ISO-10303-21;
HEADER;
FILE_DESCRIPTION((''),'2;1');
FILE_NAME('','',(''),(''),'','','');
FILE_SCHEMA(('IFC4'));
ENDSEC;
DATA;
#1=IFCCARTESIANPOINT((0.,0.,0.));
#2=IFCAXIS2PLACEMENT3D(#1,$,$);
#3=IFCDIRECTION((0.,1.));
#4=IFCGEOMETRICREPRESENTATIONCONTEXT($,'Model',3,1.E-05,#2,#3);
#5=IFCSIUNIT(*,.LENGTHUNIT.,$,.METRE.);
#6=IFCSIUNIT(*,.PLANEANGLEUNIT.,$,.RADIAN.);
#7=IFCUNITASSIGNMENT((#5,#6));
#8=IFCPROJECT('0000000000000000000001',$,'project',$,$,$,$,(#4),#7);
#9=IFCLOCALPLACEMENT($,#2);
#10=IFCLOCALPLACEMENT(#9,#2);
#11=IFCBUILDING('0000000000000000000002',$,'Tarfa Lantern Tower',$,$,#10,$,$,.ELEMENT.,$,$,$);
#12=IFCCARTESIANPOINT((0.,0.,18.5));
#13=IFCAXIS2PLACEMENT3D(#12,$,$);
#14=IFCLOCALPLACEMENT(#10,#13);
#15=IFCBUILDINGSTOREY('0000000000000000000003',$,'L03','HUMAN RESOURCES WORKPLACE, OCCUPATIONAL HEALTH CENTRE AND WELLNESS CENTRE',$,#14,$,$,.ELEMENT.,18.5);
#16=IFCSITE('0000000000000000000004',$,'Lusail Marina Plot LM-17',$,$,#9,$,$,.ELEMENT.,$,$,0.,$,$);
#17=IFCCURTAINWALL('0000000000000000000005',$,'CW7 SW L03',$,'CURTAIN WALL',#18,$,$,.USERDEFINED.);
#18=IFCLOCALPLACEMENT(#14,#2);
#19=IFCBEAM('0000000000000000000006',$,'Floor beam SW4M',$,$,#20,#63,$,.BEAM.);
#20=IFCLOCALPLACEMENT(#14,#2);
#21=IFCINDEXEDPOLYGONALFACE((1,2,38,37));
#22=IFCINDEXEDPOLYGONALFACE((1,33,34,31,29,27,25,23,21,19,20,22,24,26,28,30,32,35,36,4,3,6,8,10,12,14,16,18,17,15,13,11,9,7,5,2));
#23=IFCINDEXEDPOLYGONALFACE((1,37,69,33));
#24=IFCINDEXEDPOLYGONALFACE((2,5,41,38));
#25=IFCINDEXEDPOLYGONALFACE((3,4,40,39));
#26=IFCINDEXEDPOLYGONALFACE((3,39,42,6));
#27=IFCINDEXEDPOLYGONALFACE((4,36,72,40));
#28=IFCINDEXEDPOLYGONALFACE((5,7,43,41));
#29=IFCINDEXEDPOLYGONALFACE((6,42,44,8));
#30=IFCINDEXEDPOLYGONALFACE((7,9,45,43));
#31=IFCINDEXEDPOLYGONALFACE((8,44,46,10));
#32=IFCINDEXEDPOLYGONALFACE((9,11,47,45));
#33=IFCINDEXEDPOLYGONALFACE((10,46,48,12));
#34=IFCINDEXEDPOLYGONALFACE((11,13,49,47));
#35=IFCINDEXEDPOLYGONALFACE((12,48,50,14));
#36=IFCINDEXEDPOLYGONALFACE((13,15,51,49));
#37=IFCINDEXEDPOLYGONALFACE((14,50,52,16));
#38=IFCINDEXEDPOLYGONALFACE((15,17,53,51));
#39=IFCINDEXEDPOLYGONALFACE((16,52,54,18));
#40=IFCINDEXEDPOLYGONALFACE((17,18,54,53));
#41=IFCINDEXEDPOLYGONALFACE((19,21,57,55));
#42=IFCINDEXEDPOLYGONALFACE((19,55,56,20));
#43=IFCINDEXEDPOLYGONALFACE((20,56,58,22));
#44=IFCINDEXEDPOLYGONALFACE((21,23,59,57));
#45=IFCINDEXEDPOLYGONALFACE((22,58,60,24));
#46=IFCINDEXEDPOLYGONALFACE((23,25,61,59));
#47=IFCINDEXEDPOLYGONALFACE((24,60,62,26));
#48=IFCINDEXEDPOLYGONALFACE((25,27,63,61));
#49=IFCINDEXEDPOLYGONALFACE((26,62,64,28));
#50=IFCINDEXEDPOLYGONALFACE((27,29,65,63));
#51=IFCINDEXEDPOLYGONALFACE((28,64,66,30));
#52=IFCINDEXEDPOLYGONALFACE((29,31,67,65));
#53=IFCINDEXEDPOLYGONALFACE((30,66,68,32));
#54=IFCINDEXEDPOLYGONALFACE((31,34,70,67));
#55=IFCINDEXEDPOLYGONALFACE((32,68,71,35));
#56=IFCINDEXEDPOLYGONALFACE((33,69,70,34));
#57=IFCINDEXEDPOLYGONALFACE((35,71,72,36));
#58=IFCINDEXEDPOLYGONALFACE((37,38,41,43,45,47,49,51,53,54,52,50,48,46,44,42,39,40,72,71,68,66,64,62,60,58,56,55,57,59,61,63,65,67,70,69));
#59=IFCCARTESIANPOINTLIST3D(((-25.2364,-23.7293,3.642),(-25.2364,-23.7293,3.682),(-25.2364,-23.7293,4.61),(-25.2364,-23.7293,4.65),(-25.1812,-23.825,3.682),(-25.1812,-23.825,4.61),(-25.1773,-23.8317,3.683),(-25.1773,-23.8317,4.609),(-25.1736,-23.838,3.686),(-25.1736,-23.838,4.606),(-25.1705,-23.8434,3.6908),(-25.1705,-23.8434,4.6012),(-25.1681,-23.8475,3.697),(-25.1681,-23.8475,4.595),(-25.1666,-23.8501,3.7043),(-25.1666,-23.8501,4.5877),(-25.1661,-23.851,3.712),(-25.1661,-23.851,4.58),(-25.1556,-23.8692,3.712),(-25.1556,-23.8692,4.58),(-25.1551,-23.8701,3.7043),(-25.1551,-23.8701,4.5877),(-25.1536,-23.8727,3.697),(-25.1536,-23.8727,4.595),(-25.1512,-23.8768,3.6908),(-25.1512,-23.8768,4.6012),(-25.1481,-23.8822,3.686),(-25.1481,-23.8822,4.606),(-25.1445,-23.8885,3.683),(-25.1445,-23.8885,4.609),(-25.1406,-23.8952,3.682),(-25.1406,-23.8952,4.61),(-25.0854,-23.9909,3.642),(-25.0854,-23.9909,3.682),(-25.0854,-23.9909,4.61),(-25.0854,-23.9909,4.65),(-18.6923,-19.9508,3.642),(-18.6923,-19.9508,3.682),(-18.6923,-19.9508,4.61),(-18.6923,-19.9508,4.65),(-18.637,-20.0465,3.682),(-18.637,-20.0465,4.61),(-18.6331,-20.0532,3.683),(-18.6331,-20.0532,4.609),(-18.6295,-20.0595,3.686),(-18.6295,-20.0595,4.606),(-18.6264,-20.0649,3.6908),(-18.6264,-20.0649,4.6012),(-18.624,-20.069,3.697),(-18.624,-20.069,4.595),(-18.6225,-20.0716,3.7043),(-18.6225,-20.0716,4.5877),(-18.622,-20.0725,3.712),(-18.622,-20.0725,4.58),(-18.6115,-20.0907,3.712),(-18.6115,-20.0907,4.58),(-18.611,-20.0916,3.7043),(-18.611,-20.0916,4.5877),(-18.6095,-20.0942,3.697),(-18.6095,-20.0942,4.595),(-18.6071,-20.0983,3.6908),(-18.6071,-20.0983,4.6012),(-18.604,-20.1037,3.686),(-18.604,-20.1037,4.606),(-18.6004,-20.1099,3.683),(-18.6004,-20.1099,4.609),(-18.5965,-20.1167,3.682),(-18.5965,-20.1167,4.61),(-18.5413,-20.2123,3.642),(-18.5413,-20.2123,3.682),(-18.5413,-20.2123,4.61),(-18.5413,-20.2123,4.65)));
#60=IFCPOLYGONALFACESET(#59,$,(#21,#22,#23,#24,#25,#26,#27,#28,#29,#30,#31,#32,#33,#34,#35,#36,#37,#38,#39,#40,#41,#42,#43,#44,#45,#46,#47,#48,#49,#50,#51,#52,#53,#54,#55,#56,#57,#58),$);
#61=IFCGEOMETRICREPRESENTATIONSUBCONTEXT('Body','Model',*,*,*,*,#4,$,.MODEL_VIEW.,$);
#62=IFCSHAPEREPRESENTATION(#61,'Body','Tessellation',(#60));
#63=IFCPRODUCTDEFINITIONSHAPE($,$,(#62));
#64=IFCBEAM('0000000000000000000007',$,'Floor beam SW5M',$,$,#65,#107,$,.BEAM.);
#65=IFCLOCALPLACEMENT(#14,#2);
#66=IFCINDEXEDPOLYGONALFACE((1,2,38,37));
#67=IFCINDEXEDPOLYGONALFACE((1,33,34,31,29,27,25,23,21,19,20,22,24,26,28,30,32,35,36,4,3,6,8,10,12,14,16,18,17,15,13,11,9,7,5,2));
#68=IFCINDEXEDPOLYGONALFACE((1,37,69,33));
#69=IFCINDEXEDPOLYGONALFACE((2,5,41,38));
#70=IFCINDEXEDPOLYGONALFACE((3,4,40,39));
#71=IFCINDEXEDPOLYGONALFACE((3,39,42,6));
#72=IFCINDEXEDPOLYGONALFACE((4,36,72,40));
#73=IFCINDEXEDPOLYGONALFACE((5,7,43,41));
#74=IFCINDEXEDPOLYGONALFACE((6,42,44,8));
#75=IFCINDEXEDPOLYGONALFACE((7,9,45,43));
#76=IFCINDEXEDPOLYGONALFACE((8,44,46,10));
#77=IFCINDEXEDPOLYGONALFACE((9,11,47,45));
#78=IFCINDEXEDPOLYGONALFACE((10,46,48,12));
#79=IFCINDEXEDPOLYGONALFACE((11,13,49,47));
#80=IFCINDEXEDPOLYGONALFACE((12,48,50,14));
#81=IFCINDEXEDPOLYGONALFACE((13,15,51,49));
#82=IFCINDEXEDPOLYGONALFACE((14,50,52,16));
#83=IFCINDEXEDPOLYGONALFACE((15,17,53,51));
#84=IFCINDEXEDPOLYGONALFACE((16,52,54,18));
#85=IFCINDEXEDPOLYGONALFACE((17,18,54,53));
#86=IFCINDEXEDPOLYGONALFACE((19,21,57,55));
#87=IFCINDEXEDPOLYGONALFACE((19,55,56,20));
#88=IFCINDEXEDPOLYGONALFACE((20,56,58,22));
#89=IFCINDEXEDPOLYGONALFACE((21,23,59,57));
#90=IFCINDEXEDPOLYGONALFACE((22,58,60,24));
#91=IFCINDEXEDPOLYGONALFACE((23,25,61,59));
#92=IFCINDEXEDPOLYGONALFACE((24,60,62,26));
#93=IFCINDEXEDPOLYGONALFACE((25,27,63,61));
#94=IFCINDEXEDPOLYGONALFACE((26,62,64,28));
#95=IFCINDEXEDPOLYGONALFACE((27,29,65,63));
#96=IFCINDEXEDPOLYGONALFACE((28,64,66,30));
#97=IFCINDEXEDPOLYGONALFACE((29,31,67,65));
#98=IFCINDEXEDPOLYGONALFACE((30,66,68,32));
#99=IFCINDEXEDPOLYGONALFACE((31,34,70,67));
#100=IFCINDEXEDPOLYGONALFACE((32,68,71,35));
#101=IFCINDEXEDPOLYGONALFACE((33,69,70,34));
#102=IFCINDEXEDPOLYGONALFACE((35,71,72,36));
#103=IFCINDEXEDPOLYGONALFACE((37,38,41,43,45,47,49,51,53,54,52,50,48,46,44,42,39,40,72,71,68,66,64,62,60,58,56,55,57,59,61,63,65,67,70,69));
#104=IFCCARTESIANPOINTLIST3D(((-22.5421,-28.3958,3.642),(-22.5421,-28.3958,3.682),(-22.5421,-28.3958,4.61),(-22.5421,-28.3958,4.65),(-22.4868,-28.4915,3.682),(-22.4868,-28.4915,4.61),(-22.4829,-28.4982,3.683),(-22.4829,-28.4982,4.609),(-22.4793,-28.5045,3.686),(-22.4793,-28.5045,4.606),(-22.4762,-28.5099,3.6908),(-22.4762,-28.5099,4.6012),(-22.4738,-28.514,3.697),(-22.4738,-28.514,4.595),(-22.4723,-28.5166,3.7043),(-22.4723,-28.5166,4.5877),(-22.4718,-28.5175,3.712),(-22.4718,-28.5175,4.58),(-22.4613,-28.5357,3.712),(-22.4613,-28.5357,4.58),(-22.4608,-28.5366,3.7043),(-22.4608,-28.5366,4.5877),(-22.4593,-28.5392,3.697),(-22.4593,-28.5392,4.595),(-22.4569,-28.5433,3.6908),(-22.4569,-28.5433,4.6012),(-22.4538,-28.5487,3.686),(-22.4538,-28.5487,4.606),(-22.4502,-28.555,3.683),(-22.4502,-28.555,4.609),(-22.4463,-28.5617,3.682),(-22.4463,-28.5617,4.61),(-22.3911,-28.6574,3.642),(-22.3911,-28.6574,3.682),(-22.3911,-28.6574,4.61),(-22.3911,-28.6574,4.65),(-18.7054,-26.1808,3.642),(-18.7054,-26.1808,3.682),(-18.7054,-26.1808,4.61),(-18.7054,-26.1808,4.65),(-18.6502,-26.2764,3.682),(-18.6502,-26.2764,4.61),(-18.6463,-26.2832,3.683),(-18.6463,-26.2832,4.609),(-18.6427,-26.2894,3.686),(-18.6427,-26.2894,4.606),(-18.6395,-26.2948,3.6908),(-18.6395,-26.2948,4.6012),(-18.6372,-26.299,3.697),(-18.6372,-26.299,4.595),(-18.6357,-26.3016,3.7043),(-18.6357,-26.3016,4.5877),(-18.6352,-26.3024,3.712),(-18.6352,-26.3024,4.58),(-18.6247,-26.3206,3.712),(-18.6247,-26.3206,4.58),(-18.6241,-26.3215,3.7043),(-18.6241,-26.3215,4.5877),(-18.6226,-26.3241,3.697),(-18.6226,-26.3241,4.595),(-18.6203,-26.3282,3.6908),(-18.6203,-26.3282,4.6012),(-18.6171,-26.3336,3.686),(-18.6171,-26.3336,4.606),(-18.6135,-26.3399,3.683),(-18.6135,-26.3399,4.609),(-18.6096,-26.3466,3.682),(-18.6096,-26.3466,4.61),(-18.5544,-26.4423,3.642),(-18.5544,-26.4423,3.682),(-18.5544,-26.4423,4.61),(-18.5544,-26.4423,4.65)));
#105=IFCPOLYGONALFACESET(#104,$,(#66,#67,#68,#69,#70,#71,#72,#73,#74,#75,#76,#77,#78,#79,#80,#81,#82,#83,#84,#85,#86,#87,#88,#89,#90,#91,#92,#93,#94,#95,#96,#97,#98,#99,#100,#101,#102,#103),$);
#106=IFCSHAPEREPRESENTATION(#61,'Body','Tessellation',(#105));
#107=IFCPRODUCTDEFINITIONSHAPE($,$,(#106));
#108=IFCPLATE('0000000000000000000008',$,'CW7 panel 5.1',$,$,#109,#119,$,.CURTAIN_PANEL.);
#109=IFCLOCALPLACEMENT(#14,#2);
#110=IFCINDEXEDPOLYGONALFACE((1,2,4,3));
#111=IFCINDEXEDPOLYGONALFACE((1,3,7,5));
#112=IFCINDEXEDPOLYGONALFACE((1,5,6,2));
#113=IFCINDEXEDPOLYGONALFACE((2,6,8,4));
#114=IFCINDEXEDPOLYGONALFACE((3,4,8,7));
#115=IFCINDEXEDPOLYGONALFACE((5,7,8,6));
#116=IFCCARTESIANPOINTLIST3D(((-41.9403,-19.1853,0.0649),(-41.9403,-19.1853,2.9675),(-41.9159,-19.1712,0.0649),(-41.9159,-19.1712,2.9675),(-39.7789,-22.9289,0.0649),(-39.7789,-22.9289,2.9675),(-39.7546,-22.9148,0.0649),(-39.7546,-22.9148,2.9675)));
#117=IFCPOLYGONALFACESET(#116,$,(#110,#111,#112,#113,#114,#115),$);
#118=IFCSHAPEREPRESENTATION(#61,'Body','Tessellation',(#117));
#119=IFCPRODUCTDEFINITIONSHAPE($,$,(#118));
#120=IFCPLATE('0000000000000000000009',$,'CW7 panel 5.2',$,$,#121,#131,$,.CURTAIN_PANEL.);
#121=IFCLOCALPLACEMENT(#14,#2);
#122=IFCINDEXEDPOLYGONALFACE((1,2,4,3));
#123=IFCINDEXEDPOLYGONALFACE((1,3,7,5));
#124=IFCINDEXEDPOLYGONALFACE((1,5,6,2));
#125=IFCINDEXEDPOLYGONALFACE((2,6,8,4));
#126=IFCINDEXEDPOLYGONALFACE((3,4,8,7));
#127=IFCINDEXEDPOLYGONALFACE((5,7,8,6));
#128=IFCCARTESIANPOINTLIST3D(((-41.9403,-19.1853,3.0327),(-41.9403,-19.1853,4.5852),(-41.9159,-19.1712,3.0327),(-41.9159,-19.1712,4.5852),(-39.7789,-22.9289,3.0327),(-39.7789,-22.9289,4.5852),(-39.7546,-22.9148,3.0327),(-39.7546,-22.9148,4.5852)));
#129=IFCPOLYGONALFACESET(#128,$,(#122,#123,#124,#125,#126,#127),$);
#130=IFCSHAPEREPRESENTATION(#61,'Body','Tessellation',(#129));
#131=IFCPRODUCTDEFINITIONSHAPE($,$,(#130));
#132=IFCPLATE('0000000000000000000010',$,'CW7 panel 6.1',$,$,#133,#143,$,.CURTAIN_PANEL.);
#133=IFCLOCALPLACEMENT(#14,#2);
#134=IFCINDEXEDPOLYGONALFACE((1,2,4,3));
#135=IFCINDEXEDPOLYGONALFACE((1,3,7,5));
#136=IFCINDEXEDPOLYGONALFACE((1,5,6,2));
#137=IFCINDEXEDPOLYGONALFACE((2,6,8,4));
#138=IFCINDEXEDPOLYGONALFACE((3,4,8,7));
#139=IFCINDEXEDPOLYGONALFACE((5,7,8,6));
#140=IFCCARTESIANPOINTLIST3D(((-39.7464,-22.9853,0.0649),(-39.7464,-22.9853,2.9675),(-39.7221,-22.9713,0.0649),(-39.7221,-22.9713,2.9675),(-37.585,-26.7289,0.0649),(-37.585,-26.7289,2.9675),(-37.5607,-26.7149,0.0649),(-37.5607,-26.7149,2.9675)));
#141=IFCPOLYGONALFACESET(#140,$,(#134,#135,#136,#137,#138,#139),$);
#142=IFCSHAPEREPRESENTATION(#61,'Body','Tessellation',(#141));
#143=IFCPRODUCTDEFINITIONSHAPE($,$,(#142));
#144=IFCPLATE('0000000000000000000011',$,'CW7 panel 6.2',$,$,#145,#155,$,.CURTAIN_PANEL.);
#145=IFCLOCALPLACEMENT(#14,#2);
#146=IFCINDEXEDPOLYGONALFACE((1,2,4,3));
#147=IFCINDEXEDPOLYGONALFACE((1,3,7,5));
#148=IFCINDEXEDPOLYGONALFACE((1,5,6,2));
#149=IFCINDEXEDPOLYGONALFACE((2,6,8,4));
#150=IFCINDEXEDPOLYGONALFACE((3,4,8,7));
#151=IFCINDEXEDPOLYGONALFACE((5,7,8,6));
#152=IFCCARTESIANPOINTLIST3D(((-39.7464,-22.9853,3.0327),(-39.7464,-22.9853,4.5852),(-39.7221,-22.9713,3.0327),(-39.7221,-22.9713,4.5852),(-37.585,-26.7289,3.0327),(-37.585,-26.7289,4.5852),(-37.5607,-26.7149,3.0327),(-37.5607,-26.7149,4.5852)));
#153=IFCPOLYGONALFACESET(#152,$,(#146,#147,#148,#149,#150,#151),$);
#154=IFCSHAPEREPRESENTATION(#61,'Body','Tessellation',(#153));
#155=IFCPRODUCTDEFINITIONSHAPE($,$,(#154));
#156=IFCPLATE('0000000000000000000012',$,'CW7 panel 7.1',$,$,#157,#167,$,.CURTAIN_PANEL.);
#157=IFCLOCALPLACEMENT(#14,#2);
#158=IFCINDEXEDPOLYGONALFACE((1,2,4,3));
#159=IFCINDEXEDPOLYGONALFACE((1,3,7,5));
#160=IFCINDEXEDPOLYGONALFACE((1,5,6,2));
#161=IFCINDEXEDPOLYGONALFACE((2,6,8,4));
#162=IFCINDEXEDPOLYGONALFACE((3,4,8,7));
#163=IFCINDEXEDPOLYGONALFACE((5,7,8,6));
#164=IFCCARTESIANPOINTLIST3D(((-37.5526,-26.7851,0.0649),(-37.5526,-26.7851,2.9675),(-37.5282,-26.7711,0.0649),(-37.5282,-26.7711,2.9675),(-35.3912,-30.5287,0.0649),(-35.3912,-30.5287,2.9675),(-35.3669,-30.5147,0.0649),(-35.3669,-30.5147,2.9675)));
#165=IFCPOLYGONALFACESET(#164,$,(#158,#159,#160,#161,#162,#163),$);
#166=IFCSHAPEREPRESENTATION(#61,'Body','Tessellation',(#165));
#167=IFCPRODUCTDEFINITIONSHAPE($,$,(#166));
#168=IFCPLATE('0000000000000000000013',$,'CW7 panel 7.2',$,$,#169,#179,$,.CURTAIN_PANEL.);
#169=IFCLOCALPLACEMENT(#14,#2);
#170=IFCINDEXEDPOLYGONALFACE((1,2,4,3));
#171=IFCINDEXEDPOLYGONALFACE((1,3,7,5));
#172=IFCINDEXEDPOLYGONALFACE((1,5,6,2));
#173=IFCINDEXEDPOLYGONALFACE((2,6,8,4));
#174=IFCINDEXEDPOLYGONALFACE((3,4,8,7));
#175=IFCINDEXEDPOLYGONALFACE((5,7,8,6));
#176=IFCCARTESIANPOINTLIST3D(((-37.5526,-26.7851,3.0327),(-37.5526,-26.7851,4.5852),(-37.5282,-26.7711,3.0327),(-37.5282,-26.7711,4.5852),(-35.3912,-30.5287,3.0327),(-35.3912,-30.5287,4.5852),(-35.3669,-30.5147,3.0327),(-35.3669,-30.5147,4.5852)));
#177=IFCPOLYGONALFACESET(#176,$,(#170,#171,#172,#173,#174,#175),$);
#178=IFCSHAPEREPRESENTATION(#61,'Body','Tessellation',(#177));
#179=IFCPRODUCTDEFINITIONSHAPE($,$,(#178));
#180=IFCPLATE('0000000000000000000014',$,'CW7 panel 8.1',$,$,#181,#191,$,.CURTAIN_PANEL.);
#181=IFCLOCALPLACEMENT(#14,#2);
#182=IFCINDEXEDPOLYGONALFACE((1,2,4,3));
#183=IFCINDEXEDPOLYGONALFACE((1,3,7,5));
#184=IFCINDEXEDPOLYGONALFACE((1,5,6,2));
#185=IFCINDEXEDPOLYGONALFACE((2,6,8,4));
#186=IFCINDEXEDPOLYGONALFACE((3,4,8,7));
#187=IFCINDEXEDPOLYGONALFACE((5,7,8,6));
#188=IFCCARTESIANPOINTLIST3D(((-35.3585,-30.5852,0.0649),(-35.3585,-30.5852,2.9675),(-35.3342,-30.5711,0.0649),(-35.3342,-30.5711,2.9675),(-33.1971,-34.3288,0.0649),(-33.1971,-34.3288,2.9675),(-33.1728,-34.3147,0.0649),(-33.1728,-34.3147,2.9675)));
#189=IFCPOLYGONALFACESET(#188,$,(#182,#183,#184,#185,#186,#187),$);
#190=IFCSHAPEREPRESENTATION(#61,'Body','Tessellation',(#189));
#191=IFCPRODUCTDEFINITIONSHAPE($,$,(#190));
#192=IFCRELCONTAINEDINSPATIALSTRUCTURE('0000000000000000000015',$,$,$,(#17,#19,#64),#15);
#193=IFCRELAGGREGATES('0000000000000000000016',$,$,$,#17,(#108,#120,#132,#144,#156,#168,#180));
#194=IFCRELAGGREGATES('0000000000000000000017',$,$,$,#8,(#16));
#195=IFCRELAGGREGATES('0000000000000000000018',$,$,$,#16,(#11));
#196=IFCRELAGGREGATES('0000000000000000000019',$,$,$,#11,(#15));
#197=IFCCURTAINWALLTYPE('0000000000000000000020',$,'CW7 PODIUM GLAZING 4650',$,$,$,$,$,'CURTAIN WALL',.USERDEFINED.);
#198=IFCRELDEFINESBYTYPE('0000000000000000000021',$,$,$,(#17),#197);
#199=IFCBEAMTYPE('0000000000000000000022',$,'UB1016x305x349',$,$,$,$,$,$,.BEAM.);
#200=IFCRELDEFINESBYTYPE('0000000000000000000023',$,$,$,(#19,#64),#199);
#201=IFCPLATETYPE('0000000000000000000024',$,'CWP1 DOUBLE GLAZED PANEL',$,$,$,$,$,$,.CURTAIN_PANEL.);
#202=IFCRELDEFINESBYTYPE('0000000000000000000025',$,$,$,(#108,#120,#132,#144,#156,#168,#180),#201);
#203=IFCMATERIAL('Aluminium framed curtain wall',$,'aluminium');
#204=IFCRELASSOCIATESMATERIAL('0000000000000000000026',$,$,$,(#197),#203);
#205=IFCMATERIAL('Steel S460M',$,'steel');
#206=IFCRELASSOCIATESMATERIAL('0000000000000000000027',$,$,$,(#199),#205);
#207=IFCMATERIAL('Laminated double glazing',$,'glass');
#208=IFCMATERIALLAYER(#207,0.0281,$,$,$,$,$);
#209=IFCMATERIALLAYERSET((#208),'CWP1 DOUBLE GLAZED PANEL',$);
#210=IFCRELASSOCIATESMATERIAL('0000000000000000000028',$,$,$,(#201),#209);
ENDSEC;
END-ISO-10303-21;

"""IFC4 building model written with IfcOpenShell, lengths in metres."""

from ifc_helpers import new_model, si_unit, direction, frame, origin, origin_2d, place, context, subcontext, project, spatial, rectangle, i_section, extrude, material, layer, layer_set, material_profile, profile_set, type_object, element, aggregate, save


model = new_model("IFC4")

# Units and contexts
model_context = context("Model", 3, precision=1e-05, world=origin(), true_north=direction((0.0, 1.0)))
body_context = subcontext(model_context, "Body", "Model", "MODEL_VIEW")
ifc_project = project(units=[si_unit("LENGTHUNIT", "METRE"), si_unit("PLANEANGLEUNIT", "RADIAN")], contexts=[model_context])

# Site, building, storey
site_placement = place(None, origin())
site = spatial("IfcSite", under=ifc_project, at=site_placement, Name="Lusail Marina Plot LM-17", CompositionType="ELEMENT", RefElevation=0.0)
building_placement = place(site_placement, origin())
building = spatial("IfcBuilding", under=site, at=building_placement, Name="Tarfa Lantern Tower", CompositionType="ELEMENT")
storey_placement = place(building_placement, frame((0.0, 0.0, 18.5)))
storey = spatial("IfcBuildingStorey", under=building, at=storey_placement, Name="L03", Description="HUMAN RESOURCES WORKPLACE, OCCUPATIONAL HEALTH CENTRE AND WELLNESS CENTRE", CompositionType="ELEMENT", Elevation=18.5)

# Curtain wall
ifc_material_1 = material(Name="Aluminium framed curtain wall", Category="aluminium")
curtain_wall_type = type_object("IfcCurtainWallType", Name="CW7 PODIUM GLAZING 4650", ElementType="CURTAIN WALL", PredefinedType="USERDEFINED", material=ifc_material_1)
curtain_wall_placement = place(storey_placement, origin())
curtain_wall = element("IfcCurtainWall", 1, at=curtain_wall_placement, inside=storey, type_object=curtain_wall_type, Name="CW7 SW L03", ObjectType="CURTAIN WALL", PredefinedType="USERDEFINED")

# Beams
ifc_material_2 = material(Name="Steel S460M", Category="steel")
ifc_material_profile_1 = material_profile(ifc_material_2, i_section(OverallWidth=0.302, OverallDepth=1.0081, WebThickness=0.021, FlangeThickness=0.04, FilletRadius=0.03, at=origin_2d()), Name="UB1016x305x349")
ifc_profile_set_1 = profile_set([ifc_material_profile_1], Name="Steel S460M")
beam_type_1 = type_object("IfcBeamType", Name="UB1016x305x349", PredefinedType="BEAM", material=ifc_profile_set_1)
beam_1_placement = place(storey_placement, frame((-25.1609, -23.8601, 4.146), z_axis=(0.86601, 0.500027, 0.0), x_axis=(-0.500027, 0.86601, 0.0)))
element("IfcBeam", 2, at=beam_1_placement, inside=storey, type_object=beam_type_1, Name="Floor beam SW4M", PredefinedType="BEAM", context=body_context, shape_type="SweptSolid", body=[
    extrude(i_section(OverallWidth=0.302, OverallDepth=1.0081, WebThickness=0.021, FlangeThickness=0.04, FilletRadius=0.03, at=origin_2d()), origin(), (0.0, 0.0, 1.0), 7.5566),
])
beam_2_placement = place(storey_placement, frame((-22.4666, -28.5266, 4.146), z_axis=(0.866027, 0.499998, 0.0), x_axis=(-0.499998, 0.866027, 0.0)))
element("IfcBeam", 3, at=beam_2_placement, inside=storey, type_object=beam_type_1, Name="Floor beam SW5M", PredefinedType="BEAM", context=body_context, shape_type="SweptSolid", body=[
    extrude(i_section(OverallWidth=0.302, OverallDepth=1.0081, WebThickness=0.021, FlangeThickness=0.04, FilletRadius=0.03, at=origin_2d()), origin(), (0.0, 0.0, 1.0), 4.4302),
])

# Plates
ifc_material_3 = material(Name="Laminated double glazing", Category="glass")
ifc_layer = layer(ifc_material_3, 0.0281)
ifc_layer_set = layer_set([ifc_layer], Name="CWP1 DOUBLE GLAZED PANEL")
plate_type = type_object("IfcPlateType", Name="CWP1 DOUBLE GLAZED PANEL", PredefinedType="CURTAIN_PANEL", material=ifc_layer_set)
plate_1_placement = place(storey_placement, frame((-40.8474, -21.05, 0.0649), z_axis=(0.0, 0.0, 1.0), x_axis=(0.5, -0.866025, 0.0)))
plate_1 = element("IfcPlate", 4, at=plate_1_placement, type_object=plate_type, Name="CW7 panel 5.1", PredefinedType="CURTAIN_PANEL", context=body_context, shape_type="SweptSolid", body=[
    extrude(rectangle(XDim=4.3228, YDim=0.0281, at=origin_2d()), origin(), (0.0, 0.0, 1.0), 2.9026),
])
plate_2_placement = place(storey_placement, frame((-40.8474, -21.05, 3.0327), z_axis=(0.0, 0.0, 1.0), x_axis=(0.5, -0.866025, 0.0)))
plate_2 = element("IfcPlate", 5, at=plate_2_placement, type_object=plate_type, Name="CW7 panel 5.2", PredefinedType="CURTAIN_PANEL", context=body_context, shape_type="SweptSolid", body=[
    extrude(rectangle(XDim=4.3228, YDim=0.0281, at=origin_2d()), origin(), (0.0, 0.0, 1.0), 1.5525),
])
plate_3_placement = place(storey_placement, frame((-38.6536, -24.8501, 0.0649), z_axis=(0.0, 0.0, 1.0), x_axis=(0.5, -0.866025, 0.0)))
plate_3 = element("IfcPlate", 6, at=plate_3_placement, type_object=plate_type, Name="CW7 panel 6.1", PredefinedType="CURTAIN_PANEL", context=body_context, shape_type="SweptSolid", body=[
    extrude(rectangle(XDim=4.3228, YDim=0.0281, at=origin_2d()), origin(), (0.0, 0.0, 1.0), 2.9026),
])
plate_4_placement = place(storey_placement, frame((-38.6536, -24.8501, 3.0327), z_axis=(0.0, 0.0, 1.0), x_axis=(0.5, -0.866025, 0.0)))
plate_4 = element("IfcPlate", 7, at=plate_4_placement, type_object=plate_type, Name="CW7 panel 6.2", PredefinedType="CURTAIN_PANEL", context=body_context, shape_type="SweptSolid", body=[
    extrude(rectangle(XDim=4.3228, YDim=0.0281, at=origin_2d()), origin(), (0.0, 0.0, 1.0), 1.5525),
])
plate_5_placement = place(storey_placement, frame((-36.4597, -28.6499, 0.0649), z_axis=(0.0, 0.0, 1.0), x_axis=(0.5, -0.866025, 0.0)))
plate_5 = element("IfcPlate", 8, at=plate_5_placement, type_object=plate_type, Name="CW7 panel 7.1", PredefinedType="CURTAIN_PANEL", context=body_context, shape_type="SweptSolid", body=[
    extrude(rectangle(XDim=4.3228, YDim=0.0281, at=origin_2d()), origin(), (0.0, 0.0, 1.0), 2.9026),
])
plate_6_placement = place(storey_placement, frame((-36.4597, -28.6499, 3.0327), z_axis=(0.0, 0.0, 1.0), x_axis=(0.5, -0.866025, 0.0)))
plate_6 = element("IfcPlate", 9, at=plate_6_placement, type_object=plate_type, Name="CW7 panel 7.2", PredefinedType="CURTAIN_PANEL", context=body_context, shape_type="SweptSolid", body=[
    extrude(rectangle(XDim=4.3228, YDim=0.0281, at=origin_2d()), origin(), (0.0, 0.0, 1.0), 1.5525),
])
plate_7_placement = place(storey_placement, frame((-34.2656, -32.45, 0.0649), z_axis=(0.0, 0.0, 1.0), x_axis=(0.5, -0.866025, 0.0)))
plate_7 = element("IfcPlate", 10, at=plate_7_placement, type_object=plate_type, Name="CW7 panel 8.1", PredefinedType="CURTAIN_PANEL", context=body_context, shape_type="SweptSolid", body=[
    extrude(rectangle(XDim=4.3228, YDim=0.0281, at=origin_2d()), origin(), (0.0, 0.0, 1.0), 2.9026),
])
aggregate(curtain_wall, [plate_1, plate_2, plate_3, plate_4, plate_5, plate_6, plate_7])

save(model, "model.ifc")
